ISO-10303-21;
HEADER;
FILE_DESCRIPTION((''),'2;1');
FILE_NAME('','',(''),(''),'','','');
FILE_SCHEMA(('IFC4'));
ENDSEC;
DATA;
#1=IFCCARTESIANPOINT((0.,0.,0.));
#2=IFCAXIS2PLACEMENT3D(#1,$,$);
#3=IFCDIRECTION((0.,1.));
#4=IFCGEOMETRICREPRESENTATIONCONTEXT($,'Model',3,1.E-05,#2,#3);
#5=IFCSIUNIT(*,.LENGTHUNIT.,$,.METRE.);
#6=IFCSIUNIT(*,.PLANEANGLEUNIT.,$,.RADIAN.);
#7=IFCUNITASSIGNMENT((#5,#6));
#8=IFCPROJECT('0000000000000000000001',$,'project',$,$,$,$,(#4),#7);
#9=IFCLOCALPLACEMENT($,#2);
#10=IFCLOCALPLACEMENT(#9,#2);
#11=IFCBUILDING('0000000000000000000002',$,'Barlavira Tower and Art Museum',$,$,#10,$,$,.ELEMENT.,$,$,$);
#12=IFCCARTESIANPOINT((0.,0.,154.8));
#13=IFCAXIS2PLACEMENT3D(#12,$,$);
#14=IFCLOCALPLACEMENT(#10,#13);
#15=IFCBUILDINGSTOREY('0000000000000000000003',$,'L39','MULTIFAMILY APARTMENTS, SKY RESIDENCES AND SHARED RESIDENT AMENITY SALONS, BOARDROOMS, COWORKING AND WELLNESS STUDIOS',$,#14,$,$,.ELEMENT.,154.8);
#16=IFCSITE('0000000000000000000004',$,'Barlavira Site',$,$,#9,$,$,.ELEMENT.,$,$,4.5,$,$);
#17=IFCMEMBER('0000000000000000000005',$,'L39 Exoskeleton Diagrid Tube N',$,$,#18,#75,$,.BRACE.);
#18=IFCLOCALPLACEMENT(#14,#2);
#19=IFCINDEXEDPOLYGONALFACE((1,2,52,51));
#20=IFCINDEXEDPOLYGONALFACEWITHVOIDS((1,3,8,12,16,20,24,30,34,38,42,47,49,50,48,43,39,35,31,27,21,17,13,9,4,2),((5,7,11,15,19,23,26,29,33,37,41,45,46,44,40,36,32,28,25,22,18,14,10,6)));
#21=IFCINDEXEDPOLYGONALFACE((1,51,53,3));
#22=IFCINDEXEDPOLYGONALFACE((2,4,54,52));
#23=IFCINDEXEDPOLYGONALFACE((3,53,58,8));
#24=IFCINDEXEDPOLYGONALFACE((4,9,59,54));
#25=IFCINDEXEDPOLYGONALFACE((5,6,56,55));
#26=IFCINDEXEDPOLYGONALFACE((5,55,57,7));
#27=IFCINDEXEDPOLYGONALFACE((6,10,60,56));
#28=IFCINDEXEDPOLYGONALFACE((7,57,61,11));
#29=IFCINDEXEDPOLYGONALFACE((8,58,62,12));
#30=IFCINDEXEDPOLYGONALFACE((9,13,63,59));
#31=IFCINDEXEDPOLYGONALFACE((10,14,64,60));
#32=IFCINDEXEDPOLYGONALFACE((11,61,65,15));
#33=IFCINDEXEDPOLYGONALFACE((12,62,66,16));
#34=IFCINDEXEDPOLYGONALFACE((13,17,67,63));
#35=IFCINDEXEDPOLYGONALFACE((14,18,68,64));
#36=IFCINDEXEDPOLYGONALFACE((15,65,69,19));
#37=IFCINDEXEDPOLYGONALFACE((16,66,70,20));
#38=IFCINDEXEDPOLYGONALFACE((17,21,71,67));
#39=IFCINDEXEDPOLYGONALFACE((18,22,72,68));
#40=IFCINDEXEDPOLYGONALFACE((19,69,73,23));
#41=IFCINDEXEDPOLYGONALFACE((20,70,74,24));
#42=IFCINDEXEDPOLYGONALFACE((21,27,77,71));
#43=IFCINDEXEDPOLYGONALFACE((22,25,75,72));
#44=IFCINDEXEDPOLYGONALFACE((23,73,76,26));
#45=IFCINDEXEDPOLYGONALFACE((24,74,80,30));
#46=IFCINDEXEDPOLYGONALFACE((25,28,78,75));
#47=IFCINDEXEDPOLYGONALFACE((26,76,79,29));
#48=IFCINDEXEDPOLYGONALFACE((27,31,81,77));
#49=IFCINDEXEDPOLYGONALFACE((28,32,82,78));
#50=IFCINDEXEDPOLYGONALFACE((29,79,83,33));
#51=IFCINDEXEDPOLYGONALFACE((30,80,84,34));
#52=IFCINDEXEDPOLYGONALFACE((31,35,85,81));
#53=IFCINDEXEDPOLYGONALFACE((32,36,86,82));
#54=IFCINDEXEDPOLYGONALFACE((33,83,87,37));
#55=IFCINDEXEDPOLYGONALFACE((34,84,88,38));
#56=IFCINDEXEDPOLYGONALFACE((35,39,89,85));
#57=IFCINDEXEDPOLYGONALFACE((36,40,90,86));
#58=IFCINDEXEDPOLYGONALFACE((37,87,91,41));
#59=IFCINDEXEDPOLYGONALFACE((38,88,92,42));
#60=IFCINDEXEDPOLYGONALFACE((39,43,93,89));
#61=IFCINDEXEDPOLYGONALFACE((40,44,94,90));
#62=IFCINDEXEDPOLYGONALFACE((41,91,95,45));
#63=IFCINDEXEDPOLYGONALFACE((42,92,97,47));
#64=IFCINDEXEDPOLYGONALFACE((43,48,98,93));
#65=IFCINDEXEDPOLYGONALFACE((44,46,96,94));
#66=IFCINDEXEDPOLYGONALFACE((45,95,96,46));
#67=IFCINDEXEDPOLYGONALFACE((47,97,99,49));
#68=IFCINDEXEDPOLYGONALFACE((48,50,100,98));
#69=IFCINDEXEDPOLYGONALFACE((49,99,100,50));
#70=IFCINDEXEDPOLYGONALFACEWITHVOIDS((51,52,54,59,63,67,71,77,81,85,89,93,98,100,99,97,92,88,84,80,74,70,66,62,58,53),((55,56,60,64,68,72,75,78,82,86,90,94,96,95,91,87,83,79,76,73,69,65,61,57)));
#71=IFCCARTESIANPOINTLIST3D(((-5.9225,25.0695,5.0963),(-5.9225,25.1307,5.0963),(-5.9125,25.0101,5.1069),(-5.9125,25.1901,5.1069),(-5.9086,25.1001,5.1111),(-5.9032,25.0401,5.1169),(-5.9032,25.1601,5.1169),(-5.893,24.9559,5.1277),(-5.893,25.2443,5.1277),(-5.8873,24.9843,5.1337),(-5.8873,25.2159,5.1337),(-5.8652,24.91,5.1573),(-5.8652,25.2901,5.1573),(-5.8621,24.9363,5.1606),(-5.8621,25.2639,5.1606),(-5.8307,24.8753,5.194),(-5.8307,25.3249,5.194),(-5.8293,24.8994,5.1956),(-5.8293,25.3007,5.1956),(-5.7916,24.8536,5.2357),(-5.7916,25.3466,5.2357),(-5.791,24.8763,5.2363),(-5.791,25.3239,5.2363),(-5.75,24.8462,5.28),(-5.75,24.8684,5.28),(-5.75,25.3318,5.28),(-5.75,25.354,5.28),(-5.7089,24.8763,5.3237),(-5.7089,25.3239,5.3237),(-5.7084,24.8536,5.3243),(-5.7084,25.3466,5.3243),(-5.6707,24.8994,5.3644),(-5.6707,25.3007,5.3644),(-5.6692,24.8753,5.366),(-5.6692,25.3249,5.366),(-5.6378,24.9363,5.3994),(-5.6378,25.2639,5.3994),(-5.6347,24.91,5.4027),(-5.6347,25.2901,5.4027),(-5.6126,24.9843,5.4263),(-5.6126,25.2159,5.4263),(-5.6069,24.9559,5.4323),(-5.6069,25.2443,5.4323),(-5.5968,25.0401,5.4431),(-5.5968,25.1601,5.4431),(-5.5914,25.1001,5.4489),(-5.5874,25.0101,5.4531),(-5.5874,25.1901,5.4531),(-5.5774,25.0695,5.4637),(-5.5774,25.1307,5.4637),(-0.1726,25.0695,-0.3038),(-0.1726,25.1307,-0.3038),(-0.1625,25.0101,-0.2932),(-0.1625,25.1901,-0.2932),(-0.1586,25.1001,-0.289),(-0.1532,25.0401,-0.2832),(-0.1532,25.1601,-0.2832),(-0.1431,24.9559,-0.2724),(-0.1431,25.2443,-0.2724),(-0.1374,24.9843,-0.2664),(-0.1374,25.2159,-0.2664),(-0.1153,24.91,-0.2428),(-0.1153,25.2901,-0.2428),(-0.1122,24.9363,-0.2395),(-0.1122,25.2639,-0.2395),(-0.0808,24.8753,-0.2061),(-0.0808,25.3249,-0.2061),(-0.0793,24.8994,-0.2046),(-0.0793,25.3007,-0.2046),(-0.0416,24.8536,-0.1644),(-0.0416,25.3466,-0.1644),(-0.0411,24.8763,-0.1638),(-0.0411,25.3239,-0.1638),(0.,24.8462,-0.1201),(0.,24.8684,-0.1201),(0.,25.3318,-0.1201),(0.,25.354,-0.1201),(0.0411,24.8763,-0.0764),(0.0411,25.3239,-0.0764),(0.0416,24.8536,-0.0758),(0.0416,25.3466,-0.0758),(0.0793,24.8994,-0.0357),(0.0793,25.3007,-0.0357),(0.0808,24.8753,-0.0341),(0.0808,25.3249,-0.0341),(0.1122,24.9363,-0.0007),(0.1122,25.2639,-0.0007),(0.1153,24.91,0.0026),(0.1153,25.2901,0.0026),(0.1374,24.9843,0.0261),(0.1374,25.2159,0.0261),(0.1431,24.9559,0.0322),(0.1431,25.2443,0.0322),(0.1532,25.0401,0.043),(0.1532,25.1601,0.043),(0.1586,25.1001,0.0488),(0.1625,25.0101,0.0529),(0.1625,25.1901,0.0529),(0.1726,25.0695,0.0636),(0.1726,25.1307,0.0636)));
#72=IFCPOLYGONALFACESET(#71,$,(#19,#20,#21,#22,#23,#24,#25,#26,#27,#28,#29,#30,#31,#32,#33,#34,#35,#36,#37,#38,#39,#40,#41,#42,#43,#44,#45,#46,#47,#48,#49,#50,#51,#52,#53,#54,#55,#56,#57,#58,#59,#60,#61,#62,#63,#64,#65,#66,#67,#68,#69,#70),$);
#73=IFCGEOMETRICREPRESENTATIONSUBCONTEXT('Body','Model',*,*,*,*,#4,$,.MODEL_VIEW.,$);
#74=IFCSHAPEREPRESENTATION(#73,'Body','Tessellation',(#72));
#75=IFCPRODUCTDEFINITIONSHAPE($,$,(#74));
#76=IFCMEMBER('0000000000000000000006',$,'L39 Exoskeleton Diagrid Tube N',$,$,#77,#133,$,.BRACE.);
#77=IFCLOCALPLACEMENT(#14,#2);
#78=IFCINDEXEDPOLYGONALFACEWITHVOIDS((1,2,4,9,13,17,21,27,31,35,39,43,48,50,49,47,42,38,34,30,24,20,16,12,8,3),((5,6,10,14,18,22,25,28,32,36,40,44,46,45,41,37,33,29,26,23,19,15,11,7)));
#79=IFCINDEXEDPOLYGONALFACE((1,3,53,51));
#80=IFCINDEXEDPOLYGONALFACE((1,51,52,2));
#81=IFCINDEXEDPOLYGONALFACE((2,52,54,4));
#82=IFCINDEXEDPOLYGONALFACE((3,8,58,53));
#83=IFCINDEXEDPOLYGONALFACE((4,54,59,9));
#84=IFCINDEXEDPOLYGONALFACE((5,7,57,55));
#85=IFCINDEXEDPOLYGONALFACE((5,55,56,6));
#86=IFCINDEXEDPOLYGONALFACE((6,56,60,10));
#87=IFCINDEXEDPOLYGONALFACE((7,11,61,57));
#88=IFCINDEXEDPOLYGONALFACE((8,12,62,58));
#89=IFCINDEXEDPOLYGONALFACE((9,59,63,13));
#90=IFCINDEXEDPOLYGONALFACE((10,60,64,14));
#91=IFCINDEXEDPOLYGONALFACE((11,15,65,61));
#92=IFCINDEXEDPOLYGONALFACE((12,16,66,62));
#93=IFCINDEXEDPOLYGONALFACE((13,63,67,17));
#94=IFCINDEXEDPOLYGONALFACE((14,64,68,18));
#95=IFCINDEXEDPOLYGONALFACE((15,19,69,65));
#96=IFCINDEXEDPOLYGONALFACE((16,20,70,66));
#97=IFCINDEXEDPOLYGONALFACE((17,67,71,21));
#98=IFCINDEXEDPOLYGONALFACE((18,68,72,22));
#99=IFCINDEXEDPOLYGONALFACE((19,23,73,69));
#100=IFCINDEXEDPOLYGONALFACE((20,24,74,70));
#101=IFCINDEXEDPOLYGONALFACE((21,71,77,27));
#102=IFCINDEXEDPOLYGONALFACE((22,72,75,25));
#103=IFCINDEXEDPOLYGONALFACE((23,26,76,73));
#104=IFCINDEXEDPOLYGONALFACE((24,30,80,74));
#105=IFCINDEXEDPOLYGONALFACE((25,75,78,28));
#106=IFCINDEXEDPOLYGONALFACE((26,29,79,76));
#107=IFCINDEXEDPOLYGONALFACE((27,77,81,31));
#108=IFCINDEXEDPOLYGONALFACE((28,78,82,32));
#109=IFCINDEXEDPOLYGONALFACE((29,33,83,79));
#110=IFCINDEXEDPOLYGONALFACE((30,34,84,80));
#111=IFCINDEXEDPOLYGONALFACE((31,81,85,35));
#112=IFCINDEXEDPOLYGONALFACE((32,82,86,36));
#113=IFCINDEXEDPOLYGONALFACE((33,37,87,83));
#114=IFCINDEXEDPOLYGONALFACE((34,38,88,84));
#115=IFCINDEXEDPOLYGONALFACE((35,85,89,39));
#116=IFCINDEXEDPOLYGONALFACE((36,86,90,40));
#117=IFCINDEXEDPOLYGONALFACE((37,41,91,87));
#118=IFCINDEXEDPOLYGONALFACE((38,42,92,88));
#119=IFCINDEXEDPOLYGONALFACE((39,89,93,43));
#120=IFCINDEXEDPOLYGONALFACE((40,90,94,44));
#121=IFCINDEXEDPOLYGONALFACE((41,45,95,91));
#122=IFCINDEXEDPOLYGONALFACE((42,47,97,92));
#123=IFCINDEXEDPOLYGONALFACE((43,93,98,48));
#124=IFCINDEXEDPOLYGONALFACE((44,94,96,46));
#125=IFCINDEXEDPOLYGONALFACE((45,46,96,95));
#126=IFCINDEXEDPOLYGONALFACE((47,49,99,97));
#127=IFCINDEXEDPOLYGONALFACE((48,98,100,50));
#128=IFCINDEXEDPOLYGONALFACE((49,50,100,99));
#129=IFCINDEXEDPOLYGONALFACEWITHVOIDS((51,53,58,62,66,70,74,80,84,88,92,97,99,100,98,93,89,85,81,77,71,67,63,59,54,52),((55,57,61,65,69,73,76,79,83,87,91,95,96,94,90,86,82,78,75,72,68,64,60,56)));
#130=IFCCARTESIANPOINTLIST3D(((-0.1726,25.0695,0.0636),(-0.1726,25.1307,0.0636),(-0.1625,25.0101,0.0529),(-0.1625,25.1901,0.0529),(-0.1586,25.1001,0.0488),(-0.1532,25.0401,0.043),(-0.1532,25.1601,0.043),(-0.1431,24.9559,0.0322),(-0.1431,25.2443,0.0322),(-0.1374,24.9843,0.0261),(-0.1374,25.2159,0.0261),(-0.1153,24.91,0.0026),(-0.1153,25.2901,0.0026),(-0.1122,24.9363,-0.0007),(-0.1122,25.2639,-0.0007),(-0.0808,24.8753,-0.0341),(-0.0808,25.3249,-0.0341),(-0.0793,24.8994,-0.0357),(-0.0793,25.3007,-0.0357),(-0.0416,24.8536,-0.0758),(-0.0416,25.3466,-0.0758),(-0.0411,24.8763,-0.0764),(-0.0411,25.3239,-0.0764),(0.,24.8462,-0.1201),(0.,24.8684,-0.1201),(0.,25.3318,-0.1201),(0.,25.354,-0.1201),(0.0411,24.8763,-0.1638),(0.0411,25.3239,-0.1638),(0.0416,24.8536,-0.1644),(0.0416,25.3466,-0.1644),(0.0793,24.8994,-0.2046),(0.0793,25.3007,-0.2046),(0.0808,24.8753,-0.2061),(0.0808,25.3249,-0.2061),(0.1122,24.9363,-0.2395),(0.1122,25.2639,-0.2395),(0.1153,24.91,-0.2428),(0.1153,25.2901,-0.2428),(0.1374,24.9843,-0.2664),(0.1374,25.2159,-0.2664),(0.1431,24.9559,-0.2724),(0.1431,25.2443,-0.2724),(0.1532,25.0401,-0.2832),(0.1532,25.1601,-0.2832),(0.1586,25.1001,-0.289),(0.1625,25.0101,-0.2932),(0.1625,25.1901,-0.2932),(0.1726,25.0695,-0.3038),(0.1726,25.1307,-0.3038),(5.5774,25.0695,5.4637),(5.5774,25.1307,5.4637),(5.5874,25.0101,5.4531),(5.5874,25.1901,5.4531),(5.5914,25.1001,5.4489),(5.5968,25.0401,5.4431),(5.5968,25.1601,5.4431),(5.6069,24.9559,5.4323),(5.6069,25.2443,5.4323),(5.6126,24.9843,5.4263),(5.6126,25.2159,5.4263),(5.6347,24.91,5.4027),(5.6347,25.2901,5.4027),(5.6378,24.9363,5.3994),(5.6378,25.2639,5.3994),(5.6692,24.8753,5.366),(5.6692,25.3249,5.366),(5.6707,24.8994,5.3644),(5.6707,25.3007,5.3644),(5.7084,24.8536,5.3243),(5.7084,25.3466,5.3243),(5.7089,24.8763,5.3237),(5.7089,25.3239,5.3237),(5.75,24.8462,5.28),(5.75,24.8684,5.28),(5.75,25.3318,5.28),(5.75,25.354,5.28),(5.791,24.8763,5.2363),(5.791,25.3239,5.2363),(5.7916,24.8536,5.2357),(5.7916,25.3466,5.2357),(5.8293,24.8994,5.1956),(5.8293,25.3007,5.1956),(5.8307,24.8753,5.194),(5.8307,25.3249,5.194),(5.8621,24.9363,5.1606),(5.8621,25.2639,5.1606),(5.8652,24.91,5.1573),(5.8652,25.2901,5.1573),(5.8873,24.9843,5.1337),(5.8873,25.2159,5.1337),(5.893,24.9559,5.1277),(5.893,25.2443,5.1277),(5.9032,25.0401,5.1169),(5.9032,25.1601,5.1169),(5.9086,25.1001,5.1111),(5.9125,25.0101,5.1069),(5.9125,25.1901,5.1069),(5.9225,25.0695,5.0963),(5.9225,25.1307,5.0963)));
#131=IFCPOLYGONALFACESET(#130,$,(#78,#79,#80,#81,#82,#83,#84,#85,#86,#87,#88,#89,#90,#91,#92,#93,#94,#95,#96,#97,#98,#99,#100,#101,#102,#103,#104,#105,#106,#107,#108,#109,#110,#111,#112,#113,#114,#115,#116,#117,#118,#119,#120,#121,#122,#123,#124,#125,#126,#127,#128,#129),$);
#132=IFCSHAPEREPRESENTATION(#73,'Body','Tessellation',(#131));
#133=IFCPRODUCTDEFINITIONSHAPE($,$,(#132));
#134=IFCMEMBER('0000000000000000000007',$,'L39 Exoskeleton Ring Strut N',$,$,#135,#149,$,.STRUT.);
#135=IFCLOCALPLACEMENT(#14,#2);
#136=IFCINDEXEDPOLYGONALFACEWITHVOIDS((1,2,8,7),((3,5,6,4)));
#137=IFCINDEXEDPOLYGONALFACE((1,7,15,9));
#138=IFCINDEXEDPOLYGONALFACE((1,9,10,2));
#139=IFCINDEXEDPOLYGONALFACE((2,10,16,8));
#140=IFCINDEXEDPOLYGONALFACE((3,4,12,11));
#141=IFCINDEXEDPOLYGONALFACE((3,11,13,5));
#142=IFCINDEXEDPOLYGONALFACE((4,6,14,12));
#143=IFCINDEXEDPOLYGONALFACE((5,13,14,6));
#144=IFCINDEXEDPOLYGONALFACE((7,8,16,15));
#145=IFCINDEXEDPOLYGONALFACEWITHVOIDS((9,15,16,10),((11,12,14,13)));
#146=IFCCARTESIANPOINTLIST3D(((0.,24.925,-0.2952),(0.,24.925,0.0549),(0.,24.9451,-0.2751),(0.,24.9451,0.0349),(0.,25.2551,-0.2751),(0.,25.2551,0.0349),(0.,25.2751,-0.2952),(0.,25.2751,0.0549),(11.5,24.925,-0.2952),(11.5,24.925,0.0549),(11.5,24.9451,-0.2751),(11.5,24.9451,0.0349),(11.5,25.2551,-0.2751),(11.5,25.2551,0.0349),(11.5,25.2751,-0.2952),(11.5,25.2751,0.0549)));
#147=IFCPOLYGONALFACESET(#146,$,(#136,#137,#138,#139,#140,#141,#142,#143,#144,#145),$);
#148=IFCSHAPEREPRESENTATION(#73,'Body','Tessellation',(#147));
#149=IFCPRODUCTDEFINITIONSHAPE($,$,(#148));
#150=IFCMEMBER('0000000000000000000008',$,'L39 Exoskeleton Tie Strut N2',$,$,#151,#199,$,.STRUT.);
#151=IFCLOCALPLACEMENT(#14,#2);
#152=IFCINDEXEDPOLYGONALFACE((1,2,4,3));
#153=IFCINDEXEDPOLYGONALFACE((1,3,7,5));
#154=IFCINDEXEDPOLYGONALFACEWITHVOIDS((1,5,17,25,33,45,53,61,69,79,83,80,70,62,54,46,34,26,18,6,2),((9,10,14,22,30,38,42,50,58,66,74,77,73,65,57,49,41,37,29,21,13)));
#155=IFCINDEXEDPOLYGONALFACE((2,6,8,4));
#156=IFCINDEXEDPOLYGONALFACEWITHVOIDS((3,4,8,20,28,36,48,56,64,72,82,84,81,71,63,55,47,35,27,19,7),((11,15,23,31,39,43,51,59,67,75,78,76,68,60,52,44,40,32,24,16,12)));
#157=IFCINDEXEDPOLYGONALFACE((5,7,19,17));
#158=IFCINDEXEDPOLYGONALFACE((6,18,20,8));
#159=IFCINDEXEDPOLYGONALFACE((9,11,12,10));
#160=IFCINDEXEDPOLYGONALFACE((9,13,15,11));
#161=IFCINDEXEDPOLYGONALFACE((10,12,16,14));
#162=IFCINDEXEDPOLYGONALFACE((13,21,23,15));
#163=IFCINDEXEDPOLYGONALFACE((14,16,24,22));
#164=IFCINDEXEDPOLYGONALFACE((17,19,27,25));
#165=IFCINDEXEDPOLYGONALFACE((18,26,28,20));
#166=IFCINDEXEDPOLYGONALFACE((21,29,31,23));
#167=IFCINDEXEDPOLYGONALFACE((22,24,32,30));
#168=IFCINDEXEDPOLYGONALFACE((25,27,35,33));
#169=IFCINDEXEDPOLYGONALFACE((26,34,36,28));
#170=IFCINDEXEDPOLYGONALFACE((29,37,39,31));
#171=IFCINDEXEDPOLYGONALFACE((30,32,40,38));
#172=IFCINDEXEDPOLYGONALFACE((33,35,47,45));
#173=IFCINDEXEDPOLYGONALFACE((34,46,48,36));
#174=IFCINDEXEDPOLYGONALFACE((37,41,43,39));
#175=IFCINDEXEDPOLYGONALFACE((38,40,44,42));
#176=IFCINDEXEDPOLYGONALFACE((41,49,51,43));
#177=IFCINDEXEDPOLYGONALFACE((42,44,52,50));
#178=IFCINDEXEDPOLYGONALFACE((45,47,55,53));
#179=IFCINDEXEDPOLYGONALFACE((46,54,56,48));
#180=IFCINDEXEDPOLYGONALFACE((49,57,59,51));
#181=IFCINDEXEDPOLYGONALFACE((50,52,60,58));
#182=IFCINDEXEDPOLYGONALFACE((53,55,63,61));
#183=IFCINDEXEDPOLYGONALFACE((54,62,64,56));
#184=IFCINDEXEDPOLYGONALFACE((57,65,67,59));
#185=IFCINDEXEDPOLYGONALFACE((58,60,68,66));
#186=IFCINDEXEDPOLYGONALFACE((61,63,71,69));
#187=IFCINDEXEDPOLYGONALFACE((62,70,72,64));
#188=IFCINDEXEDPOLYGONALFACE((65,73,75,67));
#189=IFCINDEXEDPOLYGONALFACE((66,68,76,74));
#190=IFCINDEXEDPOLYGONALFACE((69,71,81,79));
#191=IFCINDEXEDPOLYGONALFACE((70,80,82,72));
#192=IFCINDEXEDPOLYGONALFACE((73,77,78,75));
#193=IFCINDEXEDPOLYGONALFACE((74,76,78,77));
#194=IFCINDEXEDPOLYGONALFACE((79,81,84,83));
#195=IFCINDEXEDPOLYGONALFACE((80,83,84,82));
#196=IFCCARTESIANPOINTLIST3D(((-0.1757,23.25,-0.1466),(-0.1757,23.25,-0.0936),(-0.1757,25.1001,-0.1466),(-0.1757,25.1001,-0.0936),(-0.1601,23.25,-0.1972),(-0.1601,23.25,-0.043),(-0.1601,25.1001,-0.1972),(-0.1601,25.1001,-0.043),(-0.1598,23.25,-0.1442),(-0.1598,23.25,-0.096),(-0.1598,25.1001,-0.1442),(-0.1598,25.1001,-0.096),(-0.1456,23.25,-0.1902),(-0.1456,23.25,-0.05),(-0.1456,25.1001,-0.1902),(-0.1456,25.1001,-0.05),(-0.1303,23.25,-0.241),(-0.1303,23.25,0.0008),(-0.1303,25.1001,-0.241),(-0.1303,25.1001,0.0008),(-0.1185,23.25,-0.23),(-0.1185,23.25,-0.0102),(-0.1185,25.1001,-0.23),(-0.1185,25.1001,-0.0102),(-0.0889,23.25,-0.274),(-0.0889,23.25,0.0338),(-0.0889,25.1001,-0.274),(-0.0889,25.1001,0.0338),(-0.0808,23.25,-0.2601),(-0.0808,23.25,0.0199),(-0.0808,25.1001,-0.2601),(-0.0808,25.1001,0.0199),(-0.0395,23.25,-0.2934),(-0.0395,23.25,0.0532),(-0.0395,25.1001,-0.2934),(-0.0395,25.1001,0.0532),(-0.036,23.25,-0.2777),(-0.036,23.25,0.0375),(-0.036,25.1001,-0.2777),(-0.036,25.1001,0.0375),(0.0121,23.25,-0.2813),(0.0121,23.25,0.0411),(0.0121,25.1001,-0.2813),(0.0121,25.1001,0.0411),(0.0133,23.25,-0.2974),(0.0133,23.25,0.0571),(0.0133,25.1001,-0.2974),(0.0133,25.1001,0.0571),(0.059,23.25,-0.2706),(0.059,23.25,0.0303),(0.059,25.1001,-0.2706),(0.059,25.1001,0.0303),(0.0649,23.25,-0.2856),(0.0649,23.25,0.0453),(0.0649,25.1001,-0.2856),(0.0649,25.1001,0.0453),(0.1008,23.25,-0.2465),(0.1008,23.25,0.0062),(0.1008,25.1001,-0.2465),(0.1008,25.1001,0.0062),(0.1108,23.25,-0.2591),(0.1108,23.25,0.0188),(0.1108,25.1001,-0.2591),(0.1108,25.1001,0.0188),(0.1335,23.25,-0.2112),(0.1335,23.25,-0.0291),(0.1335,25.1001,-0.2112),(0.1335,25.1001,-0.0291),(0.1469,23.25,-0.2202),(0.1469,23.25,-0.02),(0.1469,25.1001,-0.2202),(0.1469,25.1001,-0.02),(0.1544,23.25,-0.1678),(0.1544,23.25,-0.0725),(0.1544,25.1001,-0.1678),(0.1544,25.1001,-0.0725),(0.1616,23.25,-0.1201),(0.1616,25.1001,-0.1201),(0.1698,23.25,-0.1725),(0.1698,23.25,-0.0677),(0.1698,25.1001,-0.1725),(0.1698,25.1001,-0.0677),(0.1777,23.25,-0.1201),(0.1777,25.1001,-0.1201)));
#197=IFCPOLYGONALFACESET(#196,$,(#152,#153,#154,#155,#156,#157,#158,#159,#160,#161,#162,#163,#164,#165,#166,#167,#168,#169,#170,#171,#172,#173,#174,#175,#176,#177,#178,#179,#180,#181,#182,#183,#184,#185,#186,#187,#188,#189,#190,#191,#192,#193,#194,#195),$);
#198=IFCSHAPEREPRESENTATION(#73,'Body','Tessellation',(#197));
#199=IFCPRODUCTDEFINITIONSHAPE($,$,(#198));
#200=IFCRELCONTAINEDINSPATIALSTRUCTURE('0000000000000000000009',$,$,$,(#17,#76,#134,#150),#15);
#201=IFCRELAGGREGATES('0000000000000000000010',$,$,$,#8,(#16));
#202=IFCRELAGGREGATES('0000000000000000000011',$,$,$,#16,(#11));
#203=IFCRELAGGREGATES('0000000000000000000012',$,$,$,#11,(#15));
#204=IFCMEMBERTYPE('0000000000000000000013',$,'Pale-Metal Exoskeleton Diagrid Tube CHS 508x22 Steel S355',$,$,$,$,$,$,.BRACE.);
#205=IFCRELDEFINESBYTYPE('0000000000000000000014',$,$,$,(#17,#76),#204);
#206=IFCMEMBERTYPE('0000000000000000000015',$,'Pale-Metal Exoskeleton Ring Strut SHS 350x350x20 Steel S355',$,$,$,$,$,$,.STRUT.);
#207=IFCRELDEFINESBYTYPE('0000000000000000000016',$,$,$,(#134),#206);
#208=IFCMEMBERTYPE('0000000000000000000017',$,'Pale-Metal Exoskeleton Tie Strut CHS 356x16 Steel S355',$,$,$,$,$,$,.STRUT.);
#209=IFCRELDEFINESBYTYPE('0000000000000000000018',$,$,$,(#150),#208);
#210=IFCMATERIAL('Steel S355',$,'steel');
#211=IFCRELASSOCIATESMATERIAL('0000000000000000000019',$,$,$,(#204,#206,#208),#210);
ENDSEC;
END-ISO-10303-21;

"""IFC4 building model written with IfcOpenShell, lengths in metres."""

from ifc_helpers import new_model, si_unit, direction, frame, origin, origin_2d, place, context, subcontext, project, spatial, hollow_rectangle, hollow_circle, extrude, material, material_profile, profile_set, type_object, element, save


model = new_model("IFC4")

# Units and contexts
model_context = context("Model", 3, precision=1e-05, world=origin(), true_north=direction((0.0, 1.0)))
body_context = subcontext(model_context, "Body", "Model", "MODEL_VIEW")
ifc_project = project(units=[si_unit("LENGTHUNIT", "METRE"), si_unit("PLANEANGLEUNIT", "RADIAN")], contexts=[model_context])

# Site, building, storey
site_placement = place(None, origin())
site = spatial("IfcSite", under=ifc_project, at=site_placement, Name="Barlavira Site", CompositionType="ELEMENT", RefElevation=4.5)
building_placement = place(site_placement, origin())
building = spatial("IfcBuilding", under=site, at=building_placement, Name="Barlavira Tower and Art Museum", CompositionType="ELEMENT")
storey_placement = place(building_placement, frame((0.0, 0.0, 154.8)))
storey = spatial("IfcBuildingStorey", under=building, at=storey_placement, Name="L39", Description="MULTIFAMILY APARTMENTS, SKY RESIDENCES AND SHARED RESIDENT AMENITY SALONS, BOARDROOMS, COWORKING AND WELLNESS STUDIOS", CompositionType="ELEMENT", Elevation=154.8)

# Members
ifc_material_1 = material(Name="Steel S355", Category="steel")
ifc_material_profile_1 = material_profile(ifc_material_1, hollow_circle(Radius=0.2539, WallThickness=0.0222, at=origin_2d()), Name="CHS 508.0x22.2")
ifc_profile_set_1 = profile_set([ifc_material_profile_1], Name="Steel S355")
member_type_1 = type_object("IfcMemberType", Name="Pale-Metal Exoskeleton Diagrid Tube CHS 508x22 Steel S355", PredefinedType="BRACE", material=ifc_profile_set_1)
for number, where, z_axis, x_axis, name in (
    (1, (0.0, 25.1001, -0.1201), (-0.728935, 0.0, 0.684583), (0.0, -1.0, 0.0), "L39 Exoskeleton Diagrid Tube N"),
    (2, (0.0, 25.1001, -0.1201), (0.728935, 0.0, 0.684583), (0.0, 1.0, 0.0), "L39 Exoskeleton Diagrid Tube N"),
):
    element("IfcMember", number, at=place(storey_placement, frame(where, z_axis=z_axis, x_axis=x_axis)), inside=storey, type_object=member_type_1, Name=name, PredefinedType="BRACE", context=body_context, shape_type="SweptSolid", body=[
        extrude(hollow_circle(Radius=0.2539, WallThickness=0.0222, at=origin_2d()), origin(), (0.0, 0.0, 1.0), 7.8882),
    ])
ifc_material_profile_2 = material_profile(ifc_material_1, hollow_rectangle(XDim=0.3501, YDim=0.3501, WallThickness=0.02, at=origin_2d()), Name="SHS 350x350x20.0")
ifc_profile_set_2 = profile_set([ifc_material_profile_2], Name="Steel S355")
member_type_2 = type_object("IfcMemberType", Name="Pale-Metal Exoskeleton Ring Strut SHS 350x350x20 Steel S355", PredefinedType="STRUT", material=ifc_profile_set_2)
member_1_placement = place(storey_placement, frame((0.0, 25.1001, -0.1201), z_axis=(1.0, 0.0, 0.0), x_axis=(0.0, 1.0, 0.0)))
element("IfcMember", 3, at=member_1_placement, inside=storey, type_object=member_type_2, Name="L39 Exoskeleton Ring Strut N", PredefinedType="STRUT", context=body_context, shape_type="SweptSolid", body=[
    extrude(hollow_rectangle(XDim=0.3501, YDim=0.3501, WallThickness=0.02, at=origin_2d()), origin(), (0.0, 0.0, 1.0), 11.5),
])
ifc_material_profile_3 = material_profile(ifc_material_1, hollow_circle(Radius=0.1777, WallThickness=0.0161, at=origin_2d()), Name="CHS 355.6x16.0")
ifc_profile_set_3 = profile_set([ifc_material_profile_3], Name="Steel S355")
member_type_3 = type_object("IfcMemberType", Name="Pale-Metal Exoskeleton Tie Strut CHS 356x16 Steel S355", PredefinedType="STRUT", material=ifc_profile_set_3)
member_2_placement = place(storey_placement, frame((0.0, 25.1001, -0.1201), z_axis=(0.0, -1.0, 0.0), x_axis=(1.0, 0.0, 0.0)))
element("IfcMember", 4, at=member_2_placement, inside=storey, type_object=member_type_3, Name="L39 Exoskeleton Tie Strut N2", PredefinedType="STRUT", context=body_context, shape_type="SweptSolid", body=[
    extrude(hollow_circle(Radius=0.1777, WallThickness=0.0161, at=origin_2d()), origin(), (0.0, 0.0, 1.0), 1.8501),
])

save(model, "model.ifc")
